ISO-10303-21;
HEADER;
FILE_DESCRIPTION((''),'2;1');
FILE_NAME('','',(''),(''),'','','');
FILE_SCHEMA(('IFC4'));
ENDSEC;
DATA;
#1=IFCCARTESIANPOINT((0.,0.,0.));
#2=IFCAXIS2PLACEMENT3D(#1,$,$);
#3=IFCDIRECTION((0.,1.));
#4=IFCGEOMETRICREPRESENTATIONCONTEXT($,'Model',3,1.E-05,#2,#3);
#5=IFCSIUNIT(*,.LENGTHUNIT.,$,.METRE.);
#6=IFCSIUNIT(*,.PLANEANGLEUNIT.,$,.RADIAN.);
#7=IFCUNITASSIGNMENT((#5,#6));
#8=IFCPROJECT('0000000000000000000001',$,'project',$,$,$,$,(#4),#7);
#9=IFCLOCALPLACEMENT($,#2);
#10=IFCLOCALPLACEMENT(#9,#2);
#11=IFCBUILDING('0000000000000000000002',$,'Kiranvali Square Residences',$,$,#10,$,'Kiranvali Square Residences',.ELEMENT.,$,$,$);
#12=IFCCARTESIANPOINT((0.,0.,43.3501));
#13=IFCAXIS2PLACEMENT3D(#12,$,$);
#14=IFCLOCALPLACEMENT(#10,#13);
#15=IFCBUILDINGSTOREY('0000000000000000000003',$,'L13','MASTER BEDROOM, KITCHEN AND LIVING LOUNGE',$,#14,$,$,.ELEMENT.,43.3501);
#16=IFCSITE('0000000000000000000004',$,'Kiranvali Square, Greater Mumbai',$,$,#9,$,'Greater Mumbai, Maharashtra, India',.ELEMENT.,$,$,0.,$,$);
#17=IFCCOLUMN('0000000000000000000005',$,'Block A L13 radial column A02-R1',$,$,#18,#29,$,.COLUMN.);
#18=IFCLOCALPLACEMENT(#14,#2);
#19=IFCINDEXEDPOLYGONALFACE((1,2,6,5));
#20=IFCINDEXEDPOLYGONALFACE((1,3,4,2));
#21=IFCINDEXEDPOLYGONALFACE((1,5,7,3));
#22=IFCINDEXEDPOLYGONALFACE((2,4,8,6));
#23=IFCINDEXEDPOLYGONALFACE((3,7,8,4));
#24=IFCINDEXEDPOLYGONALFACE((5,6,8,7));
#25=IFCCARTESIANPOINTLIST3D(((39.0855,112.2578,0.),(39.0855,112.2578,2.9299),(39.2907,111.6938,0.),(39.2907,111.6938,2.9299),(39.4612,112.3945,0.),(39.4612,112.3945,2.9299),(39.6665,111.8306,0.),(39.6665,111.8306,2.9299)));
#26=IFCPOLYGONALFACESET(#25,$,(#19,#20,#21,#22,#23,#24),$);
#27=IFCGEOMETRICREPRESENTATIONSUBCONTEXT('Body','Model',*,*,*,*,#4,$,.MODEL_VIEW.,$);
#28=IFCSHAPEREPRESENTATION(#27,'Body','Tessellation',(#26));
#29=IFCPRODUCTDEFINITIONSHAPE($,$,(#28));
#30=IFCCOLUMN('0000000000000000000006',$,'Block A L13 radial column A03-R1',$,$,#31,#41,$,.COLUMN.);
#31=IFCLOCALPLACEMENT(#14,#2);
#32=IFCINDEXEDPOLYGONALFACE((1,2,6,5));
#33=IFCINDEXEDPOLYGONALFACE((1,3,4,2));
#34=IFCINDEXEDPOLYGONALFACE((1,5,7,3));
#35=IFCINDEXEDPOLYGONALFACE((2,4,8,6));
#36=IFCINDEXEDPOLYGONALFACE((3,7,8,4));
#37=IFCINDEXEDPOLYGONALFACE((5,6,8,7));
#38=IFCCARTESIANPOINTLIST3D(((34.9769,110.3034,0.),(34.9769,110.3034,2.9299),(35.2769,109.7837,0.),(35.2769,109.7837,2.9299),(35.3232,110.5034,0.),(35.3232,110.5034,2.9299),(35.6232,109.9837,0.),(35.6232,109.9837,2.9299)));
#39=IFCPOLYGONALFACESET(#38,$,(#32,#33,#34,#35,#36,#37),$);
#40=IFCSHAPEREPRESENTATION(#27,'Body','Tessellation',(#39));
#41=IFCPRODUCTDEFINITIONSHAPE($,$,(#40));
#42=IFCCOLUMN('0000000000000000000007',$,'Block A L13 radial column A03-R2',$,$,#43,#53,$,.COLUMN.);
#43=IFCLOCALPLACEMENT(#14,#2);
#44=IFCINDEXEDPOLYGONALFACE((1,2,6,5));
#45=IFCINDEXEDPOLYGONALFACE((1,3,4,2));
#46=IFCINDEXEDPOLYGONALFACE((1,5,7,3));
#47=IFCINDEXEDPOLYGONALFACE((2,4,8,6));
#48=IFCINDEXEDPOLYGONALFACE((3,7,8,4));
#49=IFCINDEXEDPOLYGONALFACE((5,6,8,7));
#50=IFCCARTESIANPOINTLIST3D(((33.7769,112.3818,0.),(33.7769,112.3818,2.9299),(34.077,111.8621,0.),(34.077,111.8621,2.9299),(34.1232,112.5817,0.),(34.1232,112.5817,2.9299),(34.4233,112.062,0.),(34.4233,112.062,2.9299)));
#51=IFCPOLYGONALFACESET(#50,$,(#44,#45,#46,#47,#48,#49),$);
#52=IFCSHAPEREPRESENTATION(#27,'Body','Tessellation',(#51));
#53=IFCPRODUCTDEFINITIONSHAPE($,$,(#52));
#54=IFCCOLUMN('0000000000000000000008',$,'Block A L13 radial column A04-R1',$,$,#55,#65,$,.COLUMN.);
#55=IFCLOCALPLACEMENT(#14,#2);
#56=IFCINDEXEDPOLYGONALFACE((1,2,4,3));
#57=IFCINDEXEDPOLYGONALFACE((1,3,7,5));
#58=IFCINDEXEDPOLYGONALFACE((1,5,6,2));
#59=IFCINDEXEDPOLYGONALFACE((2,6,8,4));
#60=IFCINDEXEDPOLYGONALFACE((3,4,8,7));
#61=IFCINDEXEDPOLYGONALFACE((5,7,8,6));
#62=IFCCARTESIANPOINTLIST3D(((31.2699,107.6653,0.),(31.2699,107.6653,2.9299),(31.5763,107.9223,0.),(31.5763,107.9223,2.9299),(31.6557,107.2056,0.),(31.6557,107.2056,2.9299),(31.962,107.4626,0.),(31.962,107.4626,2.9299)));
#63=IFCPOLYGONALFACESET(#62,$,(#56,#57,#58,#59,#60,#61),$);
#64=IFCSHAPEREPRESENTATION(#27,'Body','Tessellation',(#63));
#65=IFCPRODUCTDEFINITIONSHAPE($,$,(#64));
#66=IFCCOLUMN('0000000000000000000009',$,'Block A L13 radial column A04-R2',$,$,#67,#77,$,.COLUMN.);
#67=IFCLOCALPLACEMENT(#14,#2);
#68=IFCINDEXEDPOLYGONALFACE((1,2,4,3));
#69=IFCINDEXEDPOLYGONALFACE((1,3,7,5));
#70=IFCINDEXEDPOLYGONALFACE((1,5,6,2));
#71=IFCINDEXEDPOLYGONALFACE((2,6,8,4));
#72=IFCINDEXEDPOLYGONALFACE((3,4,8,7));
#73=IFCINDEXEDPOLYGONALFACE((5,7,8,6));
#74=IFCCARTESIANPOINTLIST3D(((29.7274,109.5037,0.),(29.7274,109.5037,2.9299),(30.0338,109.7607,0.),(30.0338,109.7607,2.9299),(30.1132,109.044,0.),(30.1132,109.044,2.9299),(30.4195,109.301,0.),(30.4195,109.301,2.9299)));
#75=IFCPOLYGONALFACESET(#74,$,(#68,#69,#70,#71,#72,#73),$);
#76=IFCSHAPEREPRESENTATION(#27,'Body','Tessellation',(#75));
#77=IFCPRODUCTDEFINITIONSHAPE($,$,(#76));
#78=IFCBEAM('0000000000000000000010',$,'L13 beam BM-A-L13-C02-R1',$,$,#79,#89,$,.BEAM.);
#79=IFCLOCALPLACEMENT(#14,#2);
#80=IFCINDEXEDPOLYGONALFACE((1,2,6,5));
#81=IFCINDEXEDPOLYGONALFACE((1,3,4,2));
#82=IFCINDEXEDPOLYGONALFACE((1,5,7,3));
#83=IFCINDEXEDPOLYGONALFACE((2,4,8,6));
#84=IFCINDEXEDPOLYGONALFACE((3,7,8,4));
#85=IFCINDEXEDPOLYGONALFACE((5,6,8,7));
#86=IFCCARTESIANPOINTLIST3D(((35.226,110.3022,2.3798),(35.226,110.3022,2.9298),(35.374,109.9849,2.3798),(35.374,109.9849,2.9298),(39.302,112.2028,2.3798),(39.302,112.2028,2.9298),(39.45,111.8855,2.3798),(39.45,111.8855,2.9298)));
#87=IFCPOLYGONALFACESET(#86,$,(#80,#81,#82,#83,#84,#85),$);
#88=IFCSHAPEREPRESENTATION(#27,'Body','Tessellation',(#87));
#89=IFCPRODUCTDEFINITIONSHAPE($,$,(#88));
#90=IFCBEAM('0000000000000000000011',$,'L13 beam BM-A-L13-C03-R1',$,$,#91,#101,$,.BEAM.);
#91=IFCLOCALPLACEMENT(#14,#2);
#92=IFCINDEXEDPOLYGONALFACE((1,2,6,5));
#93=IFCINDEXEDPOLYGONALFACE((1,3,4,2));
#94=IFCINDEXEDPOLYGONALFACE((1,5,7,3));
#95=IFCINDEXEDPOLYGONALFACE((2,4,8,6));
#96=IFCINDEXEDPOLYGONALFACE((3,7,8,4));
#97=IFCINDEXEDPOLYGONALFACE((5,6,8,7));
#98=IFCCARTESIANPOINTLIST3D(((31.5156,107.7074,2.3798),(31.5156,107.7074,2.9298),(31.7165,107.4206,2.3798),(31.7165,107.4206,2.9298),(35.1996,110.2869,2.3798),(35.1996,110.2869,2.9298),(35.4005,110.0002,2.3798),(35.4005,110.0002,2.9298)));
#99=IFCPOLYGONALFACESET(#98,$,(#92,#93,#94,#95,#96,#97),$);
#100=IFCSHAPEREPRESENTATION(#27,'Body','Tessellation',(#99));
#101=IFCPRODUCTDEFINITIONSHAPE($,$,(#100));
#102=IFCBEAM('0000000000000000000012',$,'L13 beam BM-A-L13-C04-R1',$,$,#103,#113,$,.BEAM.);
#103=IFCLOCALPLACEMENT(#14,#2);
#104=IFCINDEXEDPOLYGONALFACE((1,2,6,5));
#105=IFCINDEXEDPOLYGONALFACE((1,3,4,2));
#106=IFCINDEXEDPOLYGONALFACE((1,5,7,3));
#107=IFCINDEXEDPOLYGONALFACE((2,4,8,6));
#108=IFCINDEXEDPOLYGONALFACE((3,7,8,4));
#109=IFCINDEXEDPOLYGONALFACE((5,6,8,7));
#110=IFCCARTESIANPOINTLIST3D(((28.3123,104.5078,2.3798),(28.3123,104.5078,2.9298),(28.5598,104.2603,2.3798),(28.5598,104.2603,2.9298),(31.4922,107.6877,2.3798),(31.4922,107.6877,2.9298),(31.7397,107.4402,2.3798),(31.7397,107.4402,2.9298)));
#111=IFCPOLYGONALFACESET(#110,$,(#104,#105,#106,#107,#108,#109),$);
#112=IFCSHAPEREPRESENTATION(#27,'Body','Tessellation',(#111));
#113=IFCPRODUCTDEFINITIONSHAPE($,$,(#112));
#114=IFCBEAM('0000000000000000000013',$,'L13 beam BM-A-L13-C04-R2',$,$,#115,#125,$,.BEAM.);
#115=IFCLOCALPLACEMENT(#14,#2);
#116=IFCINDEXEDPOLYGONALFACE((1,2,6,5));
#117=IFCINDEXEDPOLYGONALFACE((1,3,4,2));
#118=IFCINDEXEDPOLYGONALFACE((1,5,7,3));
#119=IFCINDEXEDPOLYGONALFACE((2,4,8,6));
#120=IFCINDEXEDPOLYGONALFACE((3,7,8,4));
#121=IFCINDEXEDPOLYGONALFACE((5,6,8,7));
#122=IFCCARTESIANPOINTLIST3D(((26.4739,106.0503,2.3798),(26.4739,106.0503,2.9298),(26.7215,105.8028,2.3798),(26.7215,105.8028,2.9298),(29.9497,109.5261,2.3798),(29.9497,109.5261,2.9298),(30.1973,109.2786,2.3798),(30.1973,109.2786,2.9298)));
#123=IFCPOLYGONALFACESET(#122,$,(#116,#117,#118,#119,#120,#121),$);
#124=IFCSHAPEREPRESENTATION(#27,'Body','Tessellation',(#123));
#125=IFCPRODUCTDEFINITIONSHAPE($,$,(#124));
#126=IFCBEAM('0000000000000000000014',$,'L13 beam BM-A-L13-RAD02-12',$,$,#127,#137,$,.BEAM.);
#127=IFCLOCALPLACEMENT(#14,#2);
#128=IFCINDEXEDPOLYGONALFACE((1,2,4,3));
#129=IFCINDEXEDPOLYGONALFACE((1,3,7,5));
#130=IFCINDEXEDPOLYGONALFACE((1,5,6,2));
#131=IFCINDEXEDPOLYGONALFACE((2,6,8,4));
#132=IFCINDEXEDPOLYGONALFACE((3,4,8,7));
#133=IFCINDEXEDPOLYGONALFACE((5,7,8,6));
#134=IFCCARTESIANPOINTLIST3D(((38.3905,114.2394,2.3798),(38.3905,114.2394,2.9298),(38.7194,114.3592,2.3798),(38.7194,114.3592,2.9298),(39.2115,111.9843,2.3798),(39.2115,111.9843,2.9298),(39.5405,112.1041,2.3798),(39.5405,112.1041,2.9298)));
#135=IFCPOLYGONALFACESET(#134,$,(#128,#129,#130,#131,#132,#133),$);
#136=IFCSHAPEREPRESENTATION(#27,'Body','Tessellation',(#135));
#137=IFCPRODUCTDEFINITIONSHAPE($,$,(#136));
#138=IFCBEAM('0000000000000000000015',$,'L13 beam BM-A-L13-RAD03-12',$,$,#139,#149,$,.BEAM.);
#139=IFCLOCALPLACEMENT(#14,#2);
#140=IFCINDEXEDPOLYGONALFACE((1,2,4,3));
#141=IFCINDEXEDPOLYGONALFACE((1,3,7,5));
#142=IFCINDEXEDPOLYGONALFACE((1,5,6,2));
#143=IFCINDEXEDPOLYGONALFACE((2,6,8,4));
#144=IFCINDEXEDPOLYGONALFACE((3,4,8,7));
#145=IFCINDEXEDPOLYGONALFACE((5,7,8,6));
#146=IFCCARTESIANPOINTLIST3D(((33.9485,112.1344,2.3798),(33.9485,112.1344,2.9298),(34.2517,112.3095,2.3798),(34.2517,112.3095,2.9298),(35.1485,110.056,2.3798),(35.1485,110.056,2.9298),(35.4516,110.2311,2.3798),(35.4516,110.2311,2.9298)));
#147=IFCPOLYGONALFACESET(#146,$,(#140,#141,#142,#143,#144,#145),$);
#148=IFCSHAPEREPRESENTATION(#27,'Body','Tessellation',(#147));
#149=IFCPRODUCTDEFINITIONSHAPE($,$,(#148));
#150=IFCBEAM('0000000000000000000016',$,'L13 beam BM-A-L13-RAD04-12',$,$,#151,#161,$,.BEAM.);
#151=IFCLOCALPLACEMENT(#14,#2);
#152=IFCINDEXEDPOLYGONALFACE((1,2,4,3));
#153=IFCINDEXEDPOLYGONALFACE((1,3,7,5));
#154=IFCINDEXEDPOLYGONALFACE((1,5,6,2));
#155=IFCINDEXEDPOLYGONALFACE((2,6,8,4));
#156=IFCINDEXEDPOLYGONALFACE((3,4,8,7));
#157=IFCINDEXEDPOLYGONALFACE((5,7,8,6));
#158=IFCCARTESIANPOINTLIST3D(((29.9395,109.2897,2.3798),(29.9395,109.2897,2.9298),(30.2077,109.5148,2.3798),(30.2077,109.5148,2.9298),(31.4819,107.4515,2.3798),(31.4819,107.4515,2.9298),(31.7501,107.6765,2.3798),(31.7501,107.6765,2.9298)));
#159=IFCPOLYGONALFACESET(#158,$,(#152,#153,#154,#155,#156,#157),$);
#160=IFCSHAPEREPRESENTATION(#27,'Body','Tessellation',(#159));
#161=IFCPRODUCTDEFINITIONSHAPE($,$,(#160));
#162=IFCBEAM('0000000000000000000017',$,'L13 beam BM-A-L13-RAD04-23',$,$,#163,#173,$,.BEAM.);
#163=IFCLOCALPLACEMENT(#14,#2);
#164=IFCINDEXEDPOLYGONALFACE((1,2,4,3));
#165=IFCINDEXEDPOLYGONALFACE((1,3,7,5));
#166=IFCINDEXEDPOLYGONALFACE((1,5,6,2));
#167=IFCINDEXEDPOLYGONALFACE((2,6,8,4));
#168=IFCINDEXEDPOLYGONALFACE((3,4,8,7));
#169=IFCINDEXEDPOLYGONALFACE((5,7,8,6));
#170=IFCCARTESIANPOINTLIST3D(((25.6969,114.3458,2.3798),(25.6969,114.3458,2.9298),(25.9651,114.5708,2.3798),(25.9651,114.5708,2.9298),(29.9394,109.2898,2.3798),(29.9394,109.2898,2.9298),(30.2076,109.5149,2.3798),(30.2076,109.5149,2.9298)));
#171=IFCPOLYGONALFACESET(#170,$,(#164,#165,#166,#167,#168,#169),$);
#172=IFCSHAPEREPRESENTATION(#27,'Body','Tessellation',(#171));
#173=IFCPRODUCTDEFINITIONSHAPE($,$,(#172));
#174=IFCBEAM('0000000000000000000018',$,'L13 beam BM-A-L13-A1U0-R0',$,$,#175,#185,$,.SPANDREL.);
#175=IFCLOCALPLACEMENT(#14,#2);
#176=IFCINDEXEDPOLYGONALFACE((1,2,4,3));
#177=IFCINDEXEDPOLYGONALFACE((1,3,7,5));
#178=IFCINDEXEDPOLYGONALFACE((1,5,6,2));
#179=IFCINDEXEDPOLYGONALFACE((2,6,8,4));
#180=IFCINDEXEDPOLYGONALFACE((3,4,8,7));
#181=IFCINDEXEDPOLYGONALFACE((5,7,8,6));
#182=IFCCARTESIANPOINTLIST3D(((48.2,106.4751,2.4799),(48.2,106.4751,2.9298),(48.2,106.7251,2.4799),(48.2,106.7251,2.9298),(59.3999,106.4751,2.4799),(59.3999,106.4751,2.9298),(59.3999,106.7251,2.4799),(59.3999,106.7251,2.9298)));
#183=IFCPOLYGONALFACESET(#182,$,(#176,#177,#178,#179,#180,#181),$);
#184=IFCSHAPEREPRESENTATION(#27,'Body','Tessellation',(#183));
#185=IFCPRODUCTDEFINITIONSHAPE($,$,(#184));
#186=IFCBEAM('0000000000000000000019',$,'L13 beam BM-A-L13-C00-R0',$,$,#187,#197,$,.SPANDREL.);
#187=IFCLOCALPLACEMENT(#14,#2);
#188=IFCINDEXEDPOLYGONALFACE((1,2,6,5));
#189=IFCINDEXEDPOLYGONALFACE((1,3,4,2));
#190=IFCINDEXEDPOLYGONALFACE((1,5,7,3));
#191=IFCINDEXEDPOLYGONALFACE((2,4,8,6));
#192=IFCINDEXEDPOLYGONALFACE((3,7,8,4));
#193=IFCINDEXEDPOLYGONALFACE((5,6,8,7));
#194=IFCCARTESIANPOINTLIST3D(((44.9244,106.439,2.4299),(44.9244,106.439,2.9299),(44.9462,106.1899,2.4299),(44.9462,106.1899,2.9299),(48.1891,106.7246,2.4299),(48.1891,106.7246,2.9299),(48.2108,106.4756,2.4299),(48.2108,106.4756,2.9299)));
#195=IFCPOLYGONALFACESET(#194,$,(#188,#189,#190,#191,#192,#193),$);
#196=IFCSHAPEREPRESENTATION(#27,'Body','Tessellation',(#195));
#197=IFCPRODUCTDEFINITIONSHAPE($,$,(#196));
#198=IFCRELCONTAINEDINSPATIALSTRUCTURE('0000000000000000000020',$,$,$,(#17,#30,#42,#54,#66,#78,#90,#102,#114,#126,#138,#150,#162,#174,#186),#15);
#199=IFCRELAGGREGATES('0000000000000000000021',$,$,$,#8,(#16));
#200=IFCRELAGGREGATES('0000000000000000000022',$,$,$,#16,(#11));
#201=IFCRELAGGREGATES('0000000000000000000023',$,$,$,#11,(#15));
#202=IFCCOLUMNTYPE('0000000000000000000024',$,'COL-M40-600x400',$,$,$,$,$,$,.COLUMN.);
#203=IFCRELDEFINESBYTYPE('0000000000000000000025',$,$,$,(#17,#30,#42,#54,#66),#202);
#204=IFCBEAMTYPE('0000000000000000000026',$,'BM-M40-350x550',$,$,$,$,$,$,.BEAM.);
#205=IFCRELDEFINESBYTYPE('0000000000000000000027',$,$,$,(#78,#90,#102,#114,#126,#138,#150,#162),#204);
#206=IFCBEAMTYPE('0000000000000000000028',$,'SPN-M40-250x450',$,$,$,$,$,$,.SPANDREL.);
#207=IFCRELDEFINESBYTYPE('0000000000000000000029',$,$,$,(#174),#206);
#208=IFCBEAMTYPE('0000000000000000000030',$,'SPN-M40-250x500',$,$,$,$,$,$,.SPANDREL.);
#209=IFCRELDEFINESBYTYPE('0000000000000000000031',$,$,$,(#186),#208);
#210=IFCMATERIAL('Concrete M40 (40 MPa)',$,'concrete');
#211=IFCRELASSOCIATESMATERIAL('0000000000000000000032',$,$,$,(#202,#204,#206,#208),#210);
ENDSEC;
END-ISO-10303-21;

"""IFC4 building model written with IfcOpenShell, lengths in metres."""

from ifc_helpers import new_model, si_unit, direction, frame, origin, origin_2d, place, context, subcontext, project, spatial, rectangle, extrude, material, material_profile, profile_set, type_object, element, save


model = new_model("IFC4")

# Units and contexts
model_context = context("Model", 3, precision=1e-05, world=origin(), true_north=direction((0.0, 1.0)))
body_context = subcontext(model_context, "Body", "Model", "MODEL_VIEW")
ifc_project = project(units=[si_unit("LENGTHUNIT", "METRE"), si_unit("PLANEANGLEUNIT", "RADIAN")], contexts=[model_context])

# Site, building, storey
site_placement = place(None, origin())
site = spatial("IfcSite", under=ifc_project, at=site_placement, Name="Kiranvali Square, Greater Mumbai", LongName="Greater Mumbai, Maharashtra, India", CompositionType="ELEMENT", RefElevation=0.0)
building_placement = place(site_placement, origin())
building = spatial("IfcBuilding", under=site, at=building_placement, Name="Kiranvali Square Residences", LongName="Kiranvali Square Residences", CompositionType="ELEMENT")
storey_placement = place(building_placement, frame((0.0, 0.0, 43.3501)))
storey = spatial("IfcBuildingStorey", under=building, at=storey_placement, Name="L13", Description="MASTER BEDROOM, KITCHEN AND LIVING LOUNGE", CompositionType="ELEMENT", Elevation=43.3501)

# Columns
ifc_material_1 = material(Name="Concrete M40 (40 MPa)", Category="concrete")
ifc_material_profile_1 = material_profile(ifc_material_1, rectangle(XDim=0.3999, YDim=0.6001, at=origin_2d()), Name="RC 600x400")
ifc_profile_set_1 = profile_set([ifc_material_profile_1], Name="Concrete M40 (40 MPa)")
column_type = type_object("IfcColumnType", Name="COL-M40-600x400", PredefinedType="COLUMN", material=ifc_profile_set_1)
for number, where, z_axis, x_axis, name in (
    (1, (39.376, 112.0442, 0.0), (0.0, 0.0, 1.0), (0.939693, 0.34202, 0.0), "Block A L13 radial column A02-R1"),
    (2, (35.3, 110.1436, 0.0), (0.0, 0.0, 1.0), (0.866025, 0.5, 0.0), "Block A L13 radial column A03-R1"),
    (3, (34.1001, 112.2219, 0.0), (0.0, 0.0, 1.0), (0.866025, 0.5, 0.0), "Block A L13 radial column A03-R2"),
    (4, (31.616, 107.564, 0.0), (0.0, 0.0, 1.0), (0.766044, 0.642788, 0.0), "Block A L13 radial column A04-R1"),
    (5, (30.0735, 109.4023, 0.0), (0.0, 0.0, 1.0), (0.766044, 0.642788, 0.0), "Block A L13 radial column A04-R2"),
):
    element("IfcColumn", number, at=place(storey_placement, frame(where, z_axis=z_axis, x_axis=x_axis)), inside=storey, type_object=column_type, Name=name, PredefinedType="COLUMN", context=body_context, shape_type="SweptSolid", body=[
        extrude(rectangle(XDim=0.3999, YDim=0.6001, at=origin_2d()), origin(), (0.0, 0.0, 1.0), 2.9299),
    ])

# Beams
ifc_material_profile_2 = material_profile(ifc_material_1, rectangle(XDim=0.3501, YDim=0.55, at=origin_2d()), Name="RC 350x550")
ifc_profile_set_2 = profile_set([ifc_material_profile_2], Name="Concrete M40 (40 MPa)")
beam_type_1 = type_object("IfcBeamType", Name="BM-M40-350x550", PredefinedType="BEAM", material=ifc_profile_set_2)
for number, where, z_axis, x_axis, name in (
    (6, (39.376, 112.0442, 2.6548), (-0.906308, -0.422618, 0.0), (0.422618, -0.906308, 0.0), "L13 beam BM-A-L13-C02-R1"),
    (7, (35.3, 110.1436, 2.6548), (-0.819155, -0.573572, 0.0), (0.573572, -0.819155, 0.0), "L13 beam BM-A-L13-C03-R1"),
):
    element("IfcBeam", number, at=place(storey_placement, frame(where, z_axis=z_axis, x_axis=x_axis)), inside=storey, type_object=beam_type_1, Name=name, PredefinedType="BEAM", context=body_context, shape_type="SweptSolid", body=[
        extrude(rectangle(XDim=0.3501, YDim=0.55, at=origin_2d()), origin(), (0.0, 0.0, 1.0), 4.4973),
    ])
beam_1_placement = place(storey_placement, frame((31.616, 107.564, 2.6548), z_axis=(-0.707107, -0.707107, 0.0), x_axis=(0.707107, -0.707107, 0.0)))
element("IfcBeam", 8, at=beam_1_placement, inside=storey, type_object=beam_type_1, Name="L13 beam BM-A-L13-C04-R1", PredefinedType="BEAM", context=body_context, shape_type="SweptSolid", body=[
    extrude(rectangle(XDim=0.3501, YDim=0.55, at=origin_2d()), origin(), (0.0, 0.0, 1.0), 4.4971),
])
beam_2_placement = place(storey_placement, frame((30.0735, 109.4023, 2.6548), z_axis=(-0.707107, -0.707107, 0.0), x_axis=(0.707107, -0.707107, 0.0)))
element("IfcBeam", 9, at=beam_2_placement, inside=storey, type_object=beam_type_1, Name="L13 beam BM-A-L13-C04-R2", PredefinedType="BEAM", context=body_context, shape_type="SweptSolid", body=[
    extrude(rectangle(XDim=0.3501, YDim=0.55, at=origin_2d()), origin(), (0.0, 0.0, 1.0), 4.9155),
])
for number, where, z_axis, x_axis, name in (
    (10, (39.376, 112.0442, 2.6548), (-0.342111, 0.93966, 0.0), (-0.93966, -0.342111, 0.0), "L13 beam BM-A-L13-RAD02-12"),
    (11, (35.3, 110.1436, 2.6548), (-0.500001, 0.866025, 0.0), (-0.866025, -0.500001, 0.0), "L13 beam BM-A-L13-RAD03-12"),
):
    element("IfcBeam", number, at=place(storey_placement, frame(where, z_axis=z_axis, x_axis=x_axis)), inside=storey, type_object=beam_type_1, Name=name, PredefinedType="BEAM", context=body_context, shape_type="SweptSolid", body=[
        extrude(rectangle(XDim=0.3501, YDim=0.55, at=origin_2d()), origin(), (0.0, 0.0, 1.0), 2.3999),
    ])
beam_3_placement = place(storey_placement, frame((31.616, 107.564, 2.6548), z_axis=(-0.642763, 0.766065, 0.0), x_axis=(-0.766065, -0.642763, 0.0)))
element("IfcBeam", 12, at=beam_3_placement, inside=storey, type_object=beam_type_1, Name="L13 beam BM-A-L13-RAD04-12", PredefinedType="BEAM", context=body_context, shape_type="SweptSolid", body=[
    extrude(rectangle(XDim=0.3501, YDim=0.55, at=origin_2d()), origin(), (0.0, 0.0, 1.0), 2.3997),
])
beam_4_placement = place(storey_placement, frame((30.0735, 109.4023, 2.6548), z_axis=(-0.642789, 0.766043, 0.0), x_axis=(-0.766043, -0.642789, 0.0)))
element("IfcBeam", 13, at=beam_4_placement, inside=storey, type_object=beam_type_1, Name="L13 beam BM-A-L13-RAD04-23", PredefinedType="BEAM", context=body_context, shape_type="SweptSolid", body=[
    extrude(rectangle(XDim=0.3501, YDim=0.55, at=origin_2d()), origin(), (0.0, 0.0, 1.0), 6.6001),
])
ifc_material_profile_3 = material_profile(ifc_material_1, rectangle(XDim=0.25, YDim=0.45, at=origin_2d()), Name="RC 250x450")
ifc_profile_set_3 = profile_set([ifc_material_profile_3], Name="Concrete M40 (40 MPa)")
beam_type_2 = type_object("IfcBeamType", Name="SPN-M40-250x450", PredefinedType="SPANDREL", material=ifc_profile_set_3)
beam_5_placement = place(storey_placement, frame((48.2, 106.6001, 2.7048), z_axis=(1.0, 0.0, 0.0), x_axis=(0.0, 1.0, 0.0)))
element("IfcBeam", 14, at=beam_5_placement, inside=storey, type_object=beam_type_2, Name="L13 beam BM-A-L13-A1U0-R0", PredefinedType="SPANDREL", context=body_context, shape_type="SweptSolid", body=[
    extrude(rectangle(XDim=0.25, YDim=0.45, at=origin_2d()), origin(), (0.0, 0.0, 1.0), 11.2),
])
ifc_material_profile_4 = material_profile(ifc_material_1, rectangle(XDim=0.25, YDim=0.5, at=origin_2d()), Name="RC 250x500")
ifc_profile_set_4 = profile_set([ifc_material_profile_4], Name="Concrete M40 (40 MPa)")
beam_type_3 = type_object("IfcBeamType", Name="SPN-M40-250x500", PredefinedType="SPANDREL", material=ifc_profile_set_4)
beam_6_placement = place(storey_placement, frame((48.2, 106.6001, 2.6799), z_axis=(-0.996194, -0.087163, 0.0), x_axis=(0.087163, -0.996194, 0.0)))
element("IfcBeam", 15, at=beam_6_placement, inside=storey, type_object=beam_type_3, Name="L13 beam BM-A-L13-C00-R0", PredefinedType="SPANDREL", context=body_context, shape_type="SweptSolid", body=[
    extrude(rectangle(XDim=0.25, YDim=0.5, at=origin_2d()), origin(), (0.0, 0.0, 1.0), 3.2771),
])

save(model, "model.ifc")
